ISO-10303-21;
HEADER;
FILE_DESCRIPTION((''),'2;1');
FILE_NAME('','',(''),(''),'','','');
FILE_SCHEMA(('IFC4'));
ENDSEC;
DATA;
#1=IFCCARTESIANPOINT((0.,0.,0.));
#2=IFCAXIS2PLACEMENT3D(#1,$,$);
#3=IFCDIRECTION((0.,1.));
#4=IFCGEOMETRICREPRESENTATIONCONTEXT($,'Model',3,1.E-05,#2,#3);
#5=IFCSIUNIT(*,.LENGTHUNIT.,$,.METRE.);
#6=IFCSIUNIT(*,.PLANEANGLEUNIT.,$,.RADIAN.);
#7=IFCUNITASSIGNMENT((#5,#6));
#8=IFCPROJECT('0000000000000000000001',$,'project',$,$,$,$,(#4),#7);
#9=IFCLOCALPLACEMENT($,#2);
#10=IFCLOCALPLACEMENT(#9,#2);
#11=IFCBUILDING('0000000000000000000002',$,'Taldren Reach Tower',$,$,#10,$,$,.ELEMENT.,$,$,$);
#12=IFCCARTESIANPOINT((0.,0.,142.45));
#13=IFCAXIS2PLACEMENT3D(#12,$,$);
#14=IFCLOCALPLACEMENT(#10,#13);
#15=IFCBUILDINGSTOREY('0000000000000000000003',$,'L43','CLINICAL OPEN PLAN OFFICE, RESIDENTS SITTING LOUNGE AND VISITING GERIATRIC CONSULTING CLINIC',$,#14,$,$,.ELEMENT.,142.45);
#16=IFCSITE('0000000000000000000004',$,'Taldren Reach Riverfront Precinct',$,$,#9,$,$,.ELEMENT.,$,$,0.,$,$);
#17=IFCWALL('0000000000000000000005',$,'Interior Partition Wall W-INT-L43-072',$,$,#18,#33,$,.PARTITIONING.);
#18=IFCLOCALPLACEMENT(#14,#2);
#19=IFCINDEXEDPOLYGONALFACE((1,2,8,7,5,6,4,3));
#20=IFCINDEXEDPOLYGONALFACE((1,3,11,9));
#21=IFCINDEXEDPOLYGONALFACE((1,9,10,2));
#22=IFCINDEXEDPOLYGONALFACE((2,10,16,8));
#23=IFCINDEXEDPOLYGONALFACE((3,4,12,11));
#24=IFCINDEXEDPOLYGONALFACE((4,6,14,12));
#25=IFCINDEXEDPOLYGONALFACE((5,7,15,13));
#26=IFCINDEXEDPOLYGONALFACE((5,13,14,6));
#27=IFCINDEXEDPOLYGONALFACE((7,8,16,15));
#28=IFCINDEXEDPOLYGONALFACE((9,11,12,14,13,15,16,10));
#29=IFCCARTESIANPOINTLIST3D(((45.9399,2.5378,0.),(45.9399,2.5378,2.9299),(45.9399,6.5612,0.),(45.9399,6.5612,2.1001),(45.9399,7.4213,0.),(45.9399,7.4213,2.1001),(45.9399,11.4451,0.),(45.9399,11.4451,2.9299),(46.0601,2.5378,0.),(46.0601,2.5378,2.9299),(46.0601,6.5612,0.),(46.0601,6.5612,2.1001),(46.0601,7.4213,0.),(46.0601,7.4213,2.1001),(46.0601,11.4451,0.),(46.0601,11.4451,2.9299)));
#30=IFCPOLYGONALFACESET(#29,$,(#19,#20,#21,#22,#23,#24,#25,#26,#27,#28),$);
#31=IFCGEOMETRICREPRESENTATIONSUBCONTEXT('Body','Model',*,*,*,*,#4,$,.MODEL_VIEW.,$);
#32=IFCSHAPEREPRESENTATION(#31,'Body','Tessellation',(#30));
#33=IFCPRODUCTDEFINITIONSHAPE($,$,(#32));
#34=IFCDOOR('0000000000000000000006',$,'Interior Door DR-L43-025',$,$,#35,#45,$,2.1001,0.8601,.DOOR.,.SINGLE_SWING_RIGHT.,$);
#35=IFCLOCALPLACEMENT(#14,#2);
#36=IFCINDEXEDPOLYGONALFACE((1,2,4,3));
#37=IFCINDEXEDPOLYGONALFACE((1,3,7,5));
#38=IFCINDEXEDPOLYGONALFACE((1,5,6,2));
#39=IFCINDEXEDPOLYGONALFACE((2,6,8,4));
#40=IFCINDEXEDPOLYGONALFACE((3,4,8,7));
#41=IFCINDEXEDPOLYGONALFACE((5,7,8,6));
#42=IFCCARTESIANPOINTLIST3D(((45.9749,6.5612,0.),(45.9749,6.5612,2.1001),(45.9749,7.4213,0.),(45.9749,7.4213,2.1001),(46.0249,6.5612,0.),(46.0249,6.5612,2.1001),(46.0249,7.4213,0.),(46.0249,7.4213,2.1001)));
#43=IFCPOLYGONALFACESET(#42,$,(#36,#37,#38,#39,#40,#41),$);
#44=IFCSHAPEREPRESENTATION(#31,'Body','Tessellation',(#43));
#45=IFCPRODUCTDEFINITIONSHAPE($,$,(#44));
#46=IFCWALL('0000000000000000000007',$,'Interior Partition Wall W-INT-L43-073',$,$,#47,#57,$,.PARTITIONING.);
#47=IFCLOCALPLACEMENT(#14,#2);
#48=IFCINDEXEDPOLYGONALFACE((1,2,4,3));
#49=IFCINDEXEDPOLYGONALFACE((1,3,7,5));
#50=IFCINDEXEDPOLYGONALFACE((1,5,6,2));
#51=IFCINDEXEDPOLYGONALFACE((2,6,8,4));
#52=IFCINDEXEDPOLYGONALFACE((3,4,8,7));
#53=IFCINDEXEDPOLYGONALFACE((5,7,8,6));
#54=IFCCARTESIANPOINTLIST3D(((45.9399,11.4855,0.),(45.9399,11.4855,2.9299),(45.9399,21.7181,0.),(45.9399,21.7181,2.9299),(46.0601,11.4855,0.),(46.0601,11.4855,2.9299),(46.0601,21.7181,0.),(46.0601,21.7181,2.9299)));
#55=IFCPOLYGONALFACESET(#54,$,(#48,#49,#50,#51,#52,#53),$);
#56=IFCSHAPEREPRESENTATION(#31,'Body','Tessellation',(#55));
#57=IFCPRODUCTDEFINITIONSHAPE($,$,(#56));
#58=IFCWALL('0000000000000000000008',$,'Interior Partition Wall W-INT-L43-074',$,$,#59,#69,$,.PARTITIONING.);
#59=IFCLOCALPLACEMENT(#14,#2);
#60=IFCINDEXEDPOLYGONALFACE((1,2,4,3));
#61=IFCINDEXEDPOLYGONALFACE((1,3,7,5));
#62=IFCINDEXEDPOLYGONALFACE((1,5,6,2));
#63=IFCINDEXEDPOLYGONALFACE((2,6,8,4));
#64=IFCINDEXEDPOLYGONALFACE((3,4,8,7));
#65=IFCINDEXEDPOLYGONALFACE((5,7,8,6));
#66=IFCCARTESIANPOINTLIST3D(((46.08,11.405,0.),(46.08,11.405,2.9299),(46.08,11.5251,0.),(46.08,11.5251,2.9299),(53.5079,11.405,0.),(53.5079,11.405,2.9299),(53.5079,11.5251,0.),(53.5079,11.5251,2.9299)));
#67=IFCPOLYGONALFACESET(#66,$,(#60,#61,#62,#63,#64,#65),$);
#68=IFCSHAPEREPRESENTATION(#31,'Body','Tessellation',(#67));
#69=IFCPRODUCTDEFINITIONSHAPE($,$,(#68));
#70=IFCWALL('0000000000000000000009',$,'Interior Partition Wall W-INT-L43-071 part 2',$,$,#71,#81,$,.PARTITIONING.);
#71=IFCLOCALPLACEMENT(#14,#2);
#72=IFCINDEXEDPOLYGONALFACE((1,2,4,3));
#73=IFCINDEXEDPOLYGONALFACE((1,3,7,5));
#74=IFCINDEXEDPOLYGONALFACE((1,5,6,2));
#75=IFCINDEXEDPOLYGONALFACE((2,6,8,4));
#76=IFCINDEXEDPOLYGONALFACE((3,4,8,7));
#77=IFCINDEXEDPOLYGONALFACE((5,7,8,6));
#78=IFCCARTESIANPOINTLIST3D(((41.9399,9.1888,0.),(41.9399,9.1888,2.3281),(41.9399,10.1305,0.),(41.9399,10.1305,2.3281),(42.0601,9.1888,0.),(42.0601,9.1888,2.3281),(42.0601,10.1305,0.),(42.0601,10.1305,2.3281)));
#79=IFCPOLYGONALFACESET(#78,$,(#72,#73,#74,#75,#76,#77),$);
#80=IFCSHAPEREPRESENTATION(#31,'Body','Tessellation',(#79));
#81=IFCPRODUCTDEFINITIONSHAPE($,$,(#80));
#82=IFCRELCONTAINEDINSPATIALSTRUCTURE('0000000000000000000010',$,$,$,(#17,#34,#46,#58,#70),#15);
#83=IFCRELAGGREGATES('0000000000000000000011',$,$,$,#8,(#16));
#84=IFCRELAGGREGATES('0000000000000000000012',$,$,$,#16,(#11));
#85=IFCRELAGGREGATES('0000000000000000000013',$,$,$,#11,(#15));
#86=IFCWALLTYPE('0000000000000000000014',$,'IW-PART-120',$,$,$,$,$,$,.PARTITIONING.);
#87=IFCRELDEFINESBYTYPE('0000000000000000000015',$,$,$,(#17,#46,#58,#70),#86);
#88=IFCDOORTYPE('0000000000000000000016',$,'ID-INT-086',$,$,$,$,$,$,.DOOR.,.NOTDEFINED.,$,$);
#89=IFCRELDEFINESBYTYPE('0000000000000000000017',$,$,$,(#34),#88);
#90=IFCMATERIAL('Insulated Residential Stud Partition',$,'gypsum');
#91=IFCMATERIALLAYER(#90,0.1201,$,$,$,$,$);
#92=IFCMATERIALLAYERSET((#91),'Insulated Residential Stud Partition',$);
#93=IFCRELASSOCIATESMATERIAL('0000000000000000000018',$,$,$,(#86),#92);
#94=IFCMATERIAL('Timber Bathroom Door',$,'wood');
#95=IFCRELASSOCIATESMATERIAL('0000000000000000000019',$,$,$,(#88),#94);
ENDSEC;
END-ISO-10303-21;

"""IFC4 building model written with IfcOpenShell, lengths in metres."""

from ifc_helpers import new_model, si_unit, direction, frame, frame_2d, origin, place, context, subcontext, project, spatial, rectangle, extrude, source, transform, mapped, material, layer, layer_set, type_object, element, fill, save


model = new_model("IFC4")

# Units and contexts
model_context = context("Model", 3, precision=1e-05, world=origin(), true_north=direction((0.0, 1.0)))
body_context = subcontext(model_context, "Body", "Model", "MODEL_VIEW")
ifc_project = project(units=[si_unit("LENGTHUNIT", "METRE"), si_unit("PLANEANGLEUNIT", "RADIAN")], contexts=[model_context])

# Site, building, storey
site_placement = place(None, origin())
site = spatial("IfcSite", under=ifc_project, at=site_placement, Name="Taldren Reach Riverfront Precinct", CompositionType="ELEMENT", RefElevation=0.0)
building_placement = place(site_placement, origin())
building = spatial("IfcBuilding", under=site, at=building_placement, Name="Taldren Reach Tower", CompositionType="ELEMENT")
storey_placement = place(building_placement, frame((0.0, 0.0, 142.45)))
storey = spatial("IfcBuildingStorey", under=building, at=storey_placement, Name="L43", Description="CLINICAL OPEN PLAN OFFICE, RESIDENTS SITTING LOUNGE AND VISITING GERIATRIC CONSULTING CLINIC", CompositionType="ELEMENT", Elevation=142.45)

# Shared definitions
ifc_material_1 = material(Name="Insulated Residential Stud Partition", Category="gypsum")
ifc_layer_1 = layer(ifc_material_1, 0.1201)
ifc_layer_set_1 = layer_set([ifc_layer_1], Name="Insulated Residential Stud Partition")
wall_type_1 = type_object("IfcWallType", Name="IW-PART-120", PredefinedType="PARTITIONING", material=ifc_layer_set_1)

# Wall, opening, door
shared_shape_1 = source(origin(), body_context, "Body", "SweptSolid", [
    extrude(rectangle(XDim=8.9072, YDim=0.1201, at=frame_2d((4.4536, 0.0))), origin(), (0.0, 0.0, 1.0), 2.9299),
])
wall_1_placement = place(storey_placement, frame((46.0, 11.4451, 0.0), z_axis=(0.0, 0.0, 1.0), x_axis=(0.0, -1.0, 0.0)))
wall_1 = element("IfcWall", 1, at=wall_1_placement, inside=storey, type_object=wall_type_1, Name="Interior Partition Wall W-INT-L43-072", PredefinedType="PARTITIONING", context=body_context, shape_type="MappedRepresentation", body=[
    mapped(shared_shape_1, transform((0.0, 0.0, 0.0), scale=1.0)),
])
shared_shape_2 = source(origin(), body_context, "Body", "SweptSolid", [
    extrude(rectangle(XDim=0.8601, YDim=2.1001, at=frame_2d((0.4302, 1.05))), frame((0.0, 0.0701, 0.0), z_axis=(0.0, -1.0, 0.0), x_axis=(1.0, 0.0, 0.0)), (0.0, 0.0, 1.0), 0.1401),
])
opening_1_placement = place(wall_1_placement, frame((4.0237, 0.0, 0.0)))
opening_1 = element("IfcOpeningElement", 2, at=opening_1_placement, cuts=wall_1, PredefinedType="OPENING", context=body_context, shape_type="MappedRepresentation", body=[
    mapped(shared_shape_2, transform((0.0, 0.0, 0.0), scale=1.0)),
])
ifc_material_2 = material(Name="Timber Bathroom Door", Category="wood")
door_type_1 = type_object("IfcDoorType", Name="ID-INT-086", OperationType="NOTDEFINED", PredefinedType="DOOR", material=ifc_material_2)
shared_shape_3 = source(origin(), body_context, "Body", "SweptSolid", [
    extrude(rectangle(XDim=0.8601, YDim=2.1001, at=frame_2d((0.4302, 1.05))), frame((0.0, 0.0249, 0.0), z_axis=(0.0, -1.0, 0.0), x_axis=(1.0, 0.0, 0.0)), (0.0, 0.0, 1.0), 0.05),
])
door_1_placement = place(opening_1_placement, origin())
door_1 = element("IfcDoor", 3, at=door_1_placement, inside=storey, type_object=door_type_1, Name="Interior Door DR-L43-025", OperationType="SINGLE_SWING_RIGHT", OverallHeight=2.1001, OverallWidth=0.8601, PredefinedType="DOOR", context=body_context, shape_type="MappedRepresentation", body=[
    mapped(shared_shape_3, transform((0.0, 0.0, 0.0), scale=1.0)),
])
fill(opening_1, door_1)

# Walls
shared_shape_4 = source(origin(), body_context, "Body", "SweptSolid", [
    extrude(rectangle(XDim=10.2327, YDim=0.1201, at=frame_2d((5.1162, 0.0))), origin(), (0.0, 0.0, 1.0), 2.9299),
])
wall_2_placement = place(storey_placement, frame((46.0, 21.718, 0.0), z_axis=(0.0, 0.0, 1.0), x_axis=(0.0, -1.0, 0.0)))
element("IfcWall", 4, at=wall_2_placement, inside=storey, type_object=wall_type_1, Name="Interior Partition Wall W-INT-L43-073", PredefinedType="PARTITIONING", context=body_context, shape_type="MappedRepresentation", body=[
    mapped(shared_shape_4, transform((0.0, 0.0, 0.0), scale=1.0)),
])
shared_shape_5 = source(origin(), body_context, "Body", "SweptSolid", [
    extrude(rectangle(XDim=7.428, YDim=0.1201, at=frame_2d((3.7139, 0.0))), origin(), (0.0, 0.0, 1.0), 2.9299),
])
wall_3_placement = place(storey_placement, frame((46.0801, 11.4651, 0.0), z_axis=(0.0, 0.0, 1.0), x_axis=(1.0, 0.0, 0.0)))
element("IfcWall", 5, at=wall_3_placement, inside=storey, type_object=wall_type_1, Name="Interior Partition Wall W-INT-L43-074", PredefinedType="PARTITIONING", context=body_context, shape_type="MappedRepresentation", body=[
    mapped(shared_shape_5, transform((0.0, 0.0, 0.0), scale=1.0)),
])
shared_shape_6 = source(origin(), body_context, "Body", "SweptSolid", [
    extrude(rectangle(XDim=0.9417, YDim=0.1201, at=frame_2d((0.4707, 0.0))), origin(), (0.0, 0.0, 1.0), 2.3281),
])
wall_4_placement = place(storey_placement, frame((42.0, 10.1304, 0.0), z_axis=(0.0, 0.0, 1.0), x_axis=(0.0, -1.0, 0.0)))
element("IfcWall", 6, at=wall_4_placement, inside=storey, type_object=wall_type_1, Name="Interior Partition Wall W-INT-L43-071 part 2", PredefinedType="PARTITIONING", context=body_context, shape_type="MappedRepresentation", body=[
    mapped(shared_shape_6, transform((0.0, 0.0, 0.0), scale=1.0)),
])

save(model, "model.ifc")
